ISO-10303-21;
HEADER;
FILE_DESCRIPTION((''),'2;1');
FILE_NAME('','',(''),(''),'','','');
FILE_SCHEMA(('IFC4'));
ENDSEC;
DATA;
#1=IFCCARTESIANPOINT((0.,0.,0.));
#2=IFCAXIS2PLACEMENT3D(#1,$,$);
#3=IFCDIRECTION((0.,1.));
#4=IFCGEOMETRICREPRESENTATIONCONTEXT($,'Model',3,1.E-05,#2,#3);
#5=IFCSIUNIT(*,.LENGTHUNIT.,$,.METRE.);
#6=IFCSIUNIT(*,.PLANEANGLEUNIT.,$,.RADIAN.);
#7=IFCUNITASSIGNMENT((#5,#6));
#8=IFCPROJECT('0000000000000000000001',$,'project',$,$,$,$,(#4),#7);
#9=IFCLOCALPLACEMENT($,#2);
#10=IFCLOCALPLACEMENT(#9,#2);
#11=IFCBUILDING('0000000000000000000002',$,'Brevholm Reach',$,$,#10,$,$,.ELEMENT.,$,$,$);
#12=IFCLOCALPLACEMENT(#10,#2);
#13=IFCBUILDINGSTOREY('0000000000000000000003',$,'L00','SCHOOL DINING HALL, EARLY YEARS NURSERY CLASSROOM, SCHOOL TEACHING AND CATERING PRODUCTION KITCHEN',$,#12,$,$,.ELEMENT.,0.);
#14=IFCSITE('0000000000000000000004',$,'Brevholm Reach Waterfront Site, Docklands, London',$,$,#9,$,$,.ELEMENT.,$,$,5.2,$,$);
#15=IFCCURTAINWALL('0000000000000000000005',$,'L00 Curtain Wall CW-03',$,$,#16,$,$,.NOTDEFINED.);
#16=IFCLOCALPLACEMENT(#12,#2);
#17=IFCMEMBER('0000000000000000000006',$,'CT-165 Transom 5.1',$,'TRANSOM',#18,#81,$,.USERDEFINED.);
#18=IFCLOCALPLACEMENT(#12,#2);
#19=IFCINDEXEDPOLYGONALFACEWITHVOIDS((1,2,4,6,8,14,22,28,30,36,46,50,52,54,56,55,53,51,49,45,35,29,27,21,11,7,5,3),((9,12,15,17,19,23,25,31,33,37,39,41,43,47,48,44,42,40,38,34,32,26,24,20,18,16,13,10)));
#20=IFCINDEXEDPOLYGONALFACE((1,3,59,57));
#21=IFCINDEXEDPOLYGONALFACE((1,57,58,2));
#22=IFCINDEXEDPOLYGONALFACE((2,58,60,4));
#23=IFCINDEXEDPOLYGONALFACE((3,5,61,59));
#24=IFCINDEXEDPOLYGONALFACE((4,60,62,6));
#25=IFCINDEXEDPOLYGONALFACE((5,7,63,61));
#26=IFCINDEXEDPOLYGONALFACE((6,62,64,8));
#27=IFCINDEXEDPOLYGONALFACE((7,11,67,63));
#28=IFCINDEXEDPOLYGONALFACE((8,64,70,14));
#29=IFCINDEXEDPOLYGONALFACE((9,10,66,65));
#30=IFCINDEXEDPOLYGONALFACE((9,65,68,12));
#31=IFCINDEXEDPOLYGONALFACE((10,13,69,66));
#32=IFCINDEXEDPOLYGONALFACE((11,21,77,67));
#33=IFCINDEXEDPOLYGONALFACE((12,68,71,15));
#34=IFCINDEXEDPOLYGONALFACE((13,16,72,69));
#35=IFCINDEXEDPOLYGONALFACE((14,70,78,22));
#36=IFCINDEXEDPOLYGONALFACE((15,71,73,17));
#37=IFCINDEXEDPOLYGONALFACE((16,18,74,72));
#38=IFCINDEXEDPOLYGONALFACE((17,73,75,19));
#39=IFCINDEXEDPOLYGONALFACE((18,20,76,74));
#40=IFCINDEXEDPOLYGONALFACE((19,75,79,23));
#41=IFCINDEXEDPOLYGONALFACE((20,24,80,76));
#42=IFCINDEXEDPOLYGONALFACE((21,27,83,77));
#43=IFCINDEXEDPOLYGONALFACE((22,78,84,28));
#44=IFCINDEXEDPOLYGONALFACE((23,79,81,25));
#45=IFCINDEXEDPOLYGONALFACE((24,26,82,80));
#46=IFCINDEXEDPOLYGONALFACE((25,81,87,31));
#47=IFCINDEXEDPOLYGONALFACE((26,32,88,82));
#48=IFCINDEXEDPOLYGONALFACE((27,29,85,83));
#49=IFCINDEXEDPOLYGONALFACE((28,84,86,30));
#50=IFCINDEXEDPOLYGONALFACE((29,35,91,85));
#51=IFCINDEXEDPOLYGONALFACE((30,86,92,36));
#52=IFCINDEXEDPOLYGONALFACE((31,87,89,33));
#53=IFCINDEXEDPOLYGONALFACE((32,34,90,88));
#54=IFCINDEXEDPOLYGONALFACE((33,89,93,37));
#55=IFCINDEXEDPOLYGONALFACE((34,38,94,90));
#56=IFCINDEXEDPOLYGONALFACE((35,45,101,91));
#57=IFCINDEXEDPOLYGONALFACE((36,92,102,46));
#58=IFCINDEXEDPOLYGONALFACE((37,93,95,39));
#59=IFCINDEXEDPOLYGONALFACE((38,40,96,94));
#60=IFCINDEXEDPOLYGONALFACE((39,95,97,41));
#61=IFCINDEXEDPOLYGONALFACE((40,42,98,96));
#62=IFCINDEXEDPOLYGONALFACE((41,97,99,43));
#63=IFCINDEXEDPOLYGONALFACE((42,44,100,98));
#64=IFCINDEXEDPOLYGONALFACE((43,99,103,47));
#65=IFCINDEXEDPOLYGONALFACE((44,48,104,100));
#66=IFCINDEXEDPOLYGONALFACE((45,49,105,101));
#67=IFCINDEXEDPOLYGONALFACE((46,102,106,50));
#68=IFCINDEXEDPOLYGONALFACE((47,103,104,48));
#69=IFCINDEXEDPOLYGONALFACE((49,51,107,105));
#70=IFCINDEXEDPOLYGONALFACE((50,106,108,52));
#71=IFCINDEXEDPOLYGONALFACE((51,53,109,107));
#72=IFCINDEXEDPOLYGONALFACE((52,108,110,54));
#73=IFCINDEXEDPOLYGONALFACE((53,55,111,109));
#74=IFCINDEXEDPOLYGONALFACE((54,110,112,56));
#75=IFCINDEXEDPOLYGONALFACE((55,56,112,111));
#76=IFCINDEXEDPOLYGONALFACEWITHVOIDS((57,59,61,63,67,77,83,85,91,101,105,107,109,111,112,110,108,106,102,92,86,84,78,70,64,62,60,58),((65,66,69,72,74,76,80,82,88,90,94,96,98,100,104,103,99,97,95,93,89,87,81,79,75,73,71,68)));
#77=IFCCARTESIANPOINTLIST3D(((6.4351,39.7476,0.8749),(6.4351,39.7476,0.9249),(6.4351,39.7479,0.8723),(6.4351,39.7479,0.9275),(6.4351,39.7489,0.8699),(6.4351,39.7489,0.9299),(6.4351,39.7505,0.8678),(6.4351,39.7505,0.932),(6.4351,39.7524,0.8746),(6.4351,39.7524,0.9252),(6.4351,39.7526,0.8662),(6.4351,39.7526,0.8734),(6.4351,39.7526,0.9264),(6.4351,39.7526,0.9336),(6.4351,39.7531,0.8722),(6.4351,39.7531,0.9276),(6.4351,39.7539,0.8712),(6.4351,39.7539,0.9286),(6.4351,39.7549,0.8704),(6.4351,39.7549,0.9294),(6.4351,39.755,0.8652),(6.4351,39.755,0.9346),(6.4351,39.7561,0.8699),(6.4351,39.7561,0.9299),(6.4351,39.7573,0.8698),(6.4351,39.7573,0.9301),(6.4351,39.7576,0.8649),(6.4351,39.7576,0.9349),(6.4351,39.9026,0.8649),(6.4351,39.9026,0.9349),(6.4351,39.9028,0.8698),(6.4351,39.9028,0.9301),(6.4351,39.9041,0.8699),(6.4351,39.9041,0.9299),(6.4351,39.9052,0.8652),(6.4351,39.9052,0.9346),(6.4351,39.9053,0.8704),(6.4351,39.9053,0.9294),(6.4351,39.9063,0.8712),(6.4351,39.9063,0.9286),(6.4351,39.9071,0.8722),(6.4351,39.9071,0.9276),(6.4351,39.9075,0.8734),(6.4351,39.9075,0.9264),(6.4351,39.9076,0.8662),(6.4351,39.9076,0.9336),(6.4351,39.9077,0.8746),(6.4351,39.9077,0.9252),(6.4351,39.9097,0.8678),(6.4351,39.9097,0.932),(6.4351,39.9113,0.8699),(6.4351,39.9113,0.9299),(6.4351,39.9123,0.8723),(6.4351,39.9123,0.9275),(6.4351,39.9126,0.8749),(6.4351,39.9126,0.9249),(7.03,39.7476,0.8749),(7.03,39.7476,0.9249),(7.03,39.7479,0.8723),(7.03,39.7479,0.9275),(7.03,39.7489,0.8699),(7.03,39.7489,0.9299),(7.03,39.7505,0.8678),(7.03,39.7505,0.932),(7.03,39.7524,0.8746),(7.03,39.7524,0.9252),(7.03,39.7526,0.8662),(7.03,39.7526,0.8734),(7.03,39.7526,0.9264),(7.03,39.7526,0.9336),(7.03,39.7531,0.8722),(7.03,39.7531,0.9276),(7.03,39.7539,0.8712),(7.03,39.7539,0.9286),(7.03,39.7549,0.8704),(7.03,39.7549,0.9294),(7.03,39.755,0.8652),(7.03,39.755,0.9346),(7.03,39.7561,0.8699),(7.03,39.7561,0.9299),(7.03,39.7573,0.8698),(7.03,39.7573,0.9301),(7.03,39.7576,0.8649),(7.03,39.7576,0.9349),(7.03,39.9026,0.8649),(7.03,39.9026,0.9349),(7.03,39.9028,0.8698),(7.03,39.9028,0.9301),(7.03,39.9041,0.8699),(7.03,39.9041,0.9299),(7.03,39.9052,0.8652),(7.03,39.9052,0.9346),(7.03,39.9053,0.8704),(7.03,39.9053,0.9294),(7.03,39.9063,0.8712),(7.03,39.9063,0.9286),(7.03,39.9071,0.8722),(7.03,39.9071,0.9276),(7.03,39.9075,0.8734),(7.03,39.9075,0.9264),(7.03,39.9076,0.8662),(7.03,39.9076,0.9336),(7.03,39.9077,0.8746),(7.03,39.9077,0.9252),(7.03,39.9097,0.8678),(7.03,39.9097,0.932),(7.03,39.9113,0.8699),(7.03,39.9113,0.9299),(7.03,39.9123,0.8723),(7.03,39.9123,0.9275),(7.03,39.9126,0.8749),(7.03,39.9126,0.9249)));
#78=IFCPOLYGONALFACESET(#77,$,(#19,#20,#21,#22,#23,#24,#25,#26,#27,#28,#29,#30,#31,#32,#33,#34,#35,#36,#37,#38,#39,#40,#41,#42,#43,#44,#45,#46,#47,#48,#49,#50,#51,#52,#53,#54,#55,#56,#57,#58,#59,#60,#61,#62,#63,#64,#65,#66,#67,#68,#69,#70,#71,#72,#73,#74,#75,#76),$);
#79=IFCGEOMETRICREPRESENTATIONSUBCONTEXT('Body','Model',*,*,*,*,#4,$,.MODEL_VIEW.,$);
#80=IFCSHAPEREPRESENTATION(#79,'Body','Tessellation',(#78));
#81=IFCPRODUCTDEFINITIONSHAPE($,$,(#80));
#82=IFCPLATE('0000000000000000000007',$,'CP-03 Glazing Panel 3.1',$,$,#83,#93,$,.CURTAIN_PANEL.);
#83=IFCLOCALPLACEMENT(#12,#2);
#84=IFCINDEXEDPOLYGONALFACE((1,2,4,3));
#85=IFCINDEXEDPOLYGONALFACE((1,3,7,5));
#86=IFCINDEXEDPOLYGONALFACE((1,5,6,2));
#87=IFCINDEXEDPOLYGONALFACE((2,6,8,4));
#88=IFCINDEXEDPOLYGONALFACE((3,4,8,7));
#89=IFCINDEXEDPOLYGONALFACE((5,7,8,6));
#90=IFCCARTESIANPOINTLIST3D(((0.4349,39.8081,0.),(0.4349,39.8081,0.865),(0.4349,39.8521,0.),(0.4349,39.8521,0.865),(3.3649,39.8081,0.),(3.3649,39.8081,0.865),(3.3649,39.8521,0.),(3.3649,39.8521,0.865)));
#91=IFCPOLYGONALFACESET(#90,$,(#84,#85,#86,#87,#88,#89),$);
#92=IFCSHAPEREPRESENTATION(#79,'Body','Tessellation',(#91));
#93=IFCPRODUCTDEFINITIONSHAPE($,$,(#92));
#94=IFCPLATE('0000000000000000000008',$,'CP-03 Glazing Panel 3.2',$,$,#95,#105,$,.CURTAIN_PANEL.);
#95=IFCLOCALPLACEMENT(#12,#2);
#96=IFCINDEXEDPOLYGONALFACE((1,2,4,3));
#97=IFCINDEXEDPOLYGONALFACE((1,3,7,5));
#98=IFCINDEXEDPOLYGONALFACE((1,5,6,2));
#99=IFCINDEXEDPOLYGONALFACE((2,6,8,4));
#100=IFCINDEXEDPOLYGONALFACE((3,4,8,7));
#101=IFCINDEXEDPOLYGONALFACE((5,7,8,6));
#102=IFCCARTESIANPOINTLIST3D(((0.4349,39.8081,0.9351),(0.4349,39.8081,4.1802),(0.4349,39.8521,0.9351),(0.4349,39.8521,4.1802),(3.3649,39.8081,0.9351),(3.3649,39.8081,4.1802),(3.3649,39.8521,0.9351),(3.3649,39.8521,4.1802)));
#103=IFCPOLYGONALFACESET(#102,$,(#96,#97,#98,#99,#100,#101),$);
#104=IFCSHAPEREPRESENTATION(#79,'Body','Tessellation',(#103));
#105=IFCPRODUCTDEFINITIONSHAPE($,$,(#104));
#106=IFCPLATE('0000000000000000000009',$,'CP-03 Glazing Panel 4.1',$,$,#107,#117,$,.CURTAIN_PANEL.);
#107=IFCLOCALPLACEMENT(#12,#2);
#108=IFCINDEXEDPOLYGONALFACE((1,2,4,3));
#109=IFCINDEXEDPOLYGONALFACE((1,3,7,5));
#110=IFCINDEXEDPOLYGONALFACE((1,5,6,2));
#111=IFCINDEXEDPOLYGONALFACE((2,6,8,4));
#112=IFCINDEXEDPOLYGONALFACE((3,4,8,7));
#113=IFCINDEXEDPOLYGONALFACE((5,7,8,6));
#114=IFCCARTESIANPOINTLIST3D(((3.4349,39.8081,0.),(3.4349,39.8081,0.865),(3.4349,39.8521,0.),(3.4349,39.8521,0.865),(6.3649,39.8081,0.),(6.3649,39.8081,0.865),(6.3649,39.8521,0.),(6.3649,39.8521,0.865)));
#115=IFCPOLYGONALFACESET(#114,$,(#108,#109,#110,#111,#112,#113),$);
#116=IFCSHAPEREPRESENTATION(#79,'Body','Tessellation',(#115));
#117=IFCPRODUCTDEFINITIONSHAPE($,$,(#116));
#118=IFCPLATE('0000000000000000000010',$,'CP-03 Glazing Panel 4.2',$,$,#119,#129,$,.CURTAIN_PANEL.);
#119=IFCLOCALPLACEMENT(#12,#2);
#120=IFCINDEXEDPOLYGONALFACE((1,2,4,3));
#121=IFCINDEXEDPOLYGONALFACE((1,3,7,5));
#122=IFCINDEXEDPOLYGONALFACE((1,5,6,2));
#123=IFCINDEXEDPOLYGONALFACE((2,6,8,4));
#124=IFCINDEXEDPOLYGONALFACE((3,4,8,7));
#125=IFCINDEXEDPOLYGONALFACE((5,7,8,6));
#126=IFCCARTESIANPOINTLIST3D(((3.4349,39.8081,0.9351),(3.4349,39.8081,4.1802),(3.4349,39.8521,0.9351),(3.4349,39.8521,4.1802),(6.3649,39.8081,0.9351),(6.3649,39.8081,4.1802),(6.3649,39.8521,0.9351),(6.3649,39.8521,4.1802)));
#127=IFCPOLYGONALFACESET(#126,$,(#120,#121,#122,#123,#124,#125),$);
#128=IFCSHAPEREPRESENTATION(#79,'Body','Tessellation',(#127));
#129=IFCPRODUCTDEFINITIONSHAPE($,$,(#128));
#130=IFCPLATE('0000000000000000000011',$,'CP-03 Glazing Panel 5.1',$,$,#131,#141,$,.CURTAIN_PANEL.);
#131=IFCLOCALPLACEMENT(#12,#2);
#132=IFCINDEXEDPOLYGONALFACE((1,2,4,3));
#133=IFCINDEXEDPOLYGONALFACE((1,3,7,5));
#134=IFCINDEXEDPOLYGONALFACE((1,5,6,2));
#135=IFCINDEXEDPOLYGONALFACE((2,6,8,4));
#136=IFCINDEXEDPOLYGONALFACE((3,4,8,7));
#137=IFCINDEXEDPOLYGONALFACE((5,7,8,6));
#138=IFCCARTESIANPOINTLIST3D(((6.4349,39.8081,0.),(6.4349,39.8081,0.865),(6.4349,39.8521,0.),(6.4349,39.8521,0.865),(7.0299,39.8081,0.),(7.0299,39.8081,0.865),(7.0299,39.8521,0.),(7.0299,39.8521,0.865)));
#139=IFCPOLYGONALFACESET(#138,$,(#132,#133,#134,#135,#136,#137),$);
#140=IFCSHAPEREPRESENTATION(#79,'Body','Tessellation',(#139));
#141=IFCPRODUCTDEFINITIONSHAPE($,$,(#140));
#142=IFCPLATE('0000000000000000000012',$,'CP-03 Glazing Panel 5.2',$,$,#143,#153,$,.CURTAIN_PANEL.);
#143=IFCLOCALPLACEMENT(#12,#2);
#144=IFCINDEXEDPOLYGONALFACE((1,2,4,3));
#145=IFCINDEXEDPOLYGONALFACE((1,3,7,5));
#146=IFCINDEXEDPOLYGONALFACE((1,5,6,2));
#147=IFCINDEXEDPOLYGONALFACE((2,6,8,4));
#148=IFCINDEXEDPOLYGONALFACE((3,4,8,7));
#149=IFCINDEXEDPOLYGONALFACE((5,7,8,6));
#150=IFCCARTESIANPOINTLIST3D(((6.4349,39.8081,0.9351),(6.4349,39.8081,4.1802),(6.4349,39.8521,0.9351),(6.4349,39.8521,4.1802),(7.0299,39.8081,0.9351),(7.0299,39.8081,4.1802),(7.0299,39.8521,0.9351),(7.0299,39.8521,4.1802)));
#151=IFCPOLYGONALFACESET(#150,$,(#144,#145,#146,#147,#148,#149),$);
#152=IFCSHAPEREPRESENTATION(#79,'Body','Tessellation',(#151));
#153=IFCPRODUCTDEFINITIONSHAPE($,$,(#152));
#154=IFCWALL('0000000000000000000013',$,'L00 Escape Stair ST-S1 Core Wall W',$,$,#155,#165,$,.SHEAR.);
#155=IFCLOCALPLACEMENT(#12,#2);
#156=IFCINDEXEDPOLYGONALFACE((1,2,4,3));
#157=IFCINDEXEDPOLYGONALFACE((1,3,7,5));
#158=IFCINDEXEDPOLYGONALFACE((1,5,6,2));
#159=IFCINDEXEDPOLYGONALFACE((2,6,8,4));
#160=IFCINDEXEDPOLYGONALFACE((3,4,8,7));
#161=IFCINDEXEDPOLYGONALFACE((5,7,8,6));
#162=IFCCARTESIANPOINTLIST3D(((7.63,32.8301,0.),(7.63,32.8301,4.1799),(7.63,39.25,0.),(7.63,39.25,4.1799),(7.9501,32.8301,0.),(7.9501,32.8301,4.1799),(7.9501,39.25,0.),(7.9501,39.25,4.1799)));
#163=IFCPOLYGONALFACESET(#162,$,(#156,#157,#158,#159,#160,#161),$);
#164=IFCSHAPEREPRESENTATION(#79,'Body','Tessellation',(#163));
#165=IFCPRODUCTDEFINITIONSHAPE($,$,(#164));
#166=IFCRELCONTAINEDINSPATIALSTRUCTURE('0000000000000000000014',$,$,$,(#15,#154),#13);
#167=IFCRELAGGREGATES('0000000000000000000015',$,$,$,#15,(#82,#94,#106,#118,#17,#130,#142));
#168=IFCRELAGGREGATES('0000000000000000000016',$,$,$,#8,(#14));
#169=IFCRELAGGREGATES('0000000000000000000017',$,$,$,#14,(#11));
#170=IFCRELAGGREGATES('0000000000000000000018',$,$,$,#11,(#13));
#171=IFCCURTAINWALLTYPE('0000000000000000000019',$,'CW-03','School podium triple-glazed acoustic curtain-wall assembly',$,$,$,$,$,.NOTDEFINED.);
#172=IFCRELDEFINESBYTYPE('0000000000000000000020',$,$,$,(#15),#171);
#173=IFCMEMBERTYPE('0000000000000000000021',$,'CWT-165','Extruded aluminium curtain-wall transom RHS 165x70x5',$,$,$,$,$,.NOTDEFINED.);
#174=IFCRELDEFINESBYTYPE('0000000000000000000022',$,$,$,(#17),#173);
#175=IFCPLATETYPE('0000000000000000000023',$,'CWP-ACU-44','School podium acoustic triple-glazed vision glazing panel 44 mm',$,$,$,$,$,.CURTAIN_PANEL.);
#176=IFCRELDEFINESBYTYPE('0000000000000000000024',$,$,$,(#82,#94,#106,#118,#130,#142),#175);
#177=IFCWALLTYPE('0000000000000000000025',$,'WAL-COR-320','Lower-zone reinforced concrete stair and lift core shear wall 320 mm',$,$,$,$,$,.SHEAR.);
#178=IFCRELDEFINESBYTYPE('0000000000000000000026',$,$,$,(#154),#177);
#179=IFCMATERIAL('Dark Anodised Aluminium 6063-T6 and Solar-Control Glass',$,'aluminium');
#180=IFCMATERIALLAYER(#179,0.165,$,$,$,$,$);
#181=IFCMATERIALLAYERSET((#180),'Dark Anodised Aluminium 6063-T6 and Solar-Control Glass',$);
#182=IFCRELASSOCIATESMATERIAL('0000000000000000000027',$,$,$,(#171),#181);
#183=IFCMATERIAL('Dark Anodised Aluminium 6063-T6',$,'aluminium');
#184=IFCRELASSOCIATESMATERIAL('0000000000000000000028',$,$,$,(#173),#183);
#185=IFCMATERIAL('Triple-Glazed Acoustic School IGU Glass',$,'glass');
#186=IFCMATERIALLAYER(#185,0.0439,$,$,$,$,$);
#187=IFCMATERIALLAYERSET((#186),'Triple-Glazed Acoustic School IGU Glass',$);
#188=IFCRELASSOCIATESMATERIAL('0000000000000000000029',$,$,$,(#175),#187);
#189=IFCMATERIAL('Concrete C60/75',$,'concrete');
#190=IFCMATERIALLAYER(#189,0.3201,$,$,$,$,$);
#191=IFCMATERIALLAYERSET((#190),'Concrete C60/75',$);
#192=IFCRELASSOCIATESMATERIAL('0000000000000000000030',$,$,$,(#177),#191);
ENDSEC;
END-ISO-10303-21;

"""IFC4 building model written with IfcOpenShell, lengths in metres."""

from ifc_helpers import new_model, si_unit, direction, frame, frame_2d, origin, origin_2d, place, context, subcontext, project, spatial, rectangle, hollow_rectangle, extrude, material, layer, layer_set, material_profile, profile_set, type_object, element, aggregate, save


model = new_model("IFC4")

# Units and contexts
model_context = context("Model", 3, precision=1e-05, world=origin(), true_north=direction((0.0, 1.0)))
body_context = subcontext(model_context, "Body", "Model", "MODEL_VIEW")
ifc_project = project(units=[si_unit("LENGTHUNIT", "METRE"), si_unit("PLANEANGLEUNIT", "RADIAN")], contexts=[model_context])

# Site, building, storey
site_placement = place(None, origin())
site = spatial("IfcSite", under=ifc_project, at=site_placement, Name="Brevholm Reach Waterfront Site, Docklands, London", CompositionType="ELEMENT", RefElevation=5.2)
building_placement = place(site_placement, origin())
building = spatial("IfcBuilding", under=site, at=building_placement, Name="Brevholm Reach", CompositionType="ELEMENT")
storey_placement = place(building_placement, origin())
storey = spatial("IfcBuildingStorey", under=building, at=storey_placement, Name="L00", Description="SCHOOL DINING HALL, EARLY YEARS NURSERY CLASSROOM, SCHOOL TEACHING AND CATERING PRODUCTION KITCHEN", CompositionType="ELEMENT", Elevation=0.0)

# Curtain wall, member, plates
ifc_material_1 = material(Name="Dark Anodised Aluminium 6063-T6 and Solar-Control Glass", Category="aluminium")
ifc_layer_1 = layer(ifc_material_1, 0.165)
ifc_layer_set_1 = layer_set([ifc_layer_1], Name="Dark Anodised Aluminium 6063-T6 and Solar-Control Glass")
curtain_wall_type = type_object("IfcCurtainWallType", Name="CW-03", Description="School podium triple-glazed acoustic curtain-wall assembly", PredefinedType="NOTDEFINED", material=ifc_layer_set_1)
curtain_wall_placement = place(storey_placement, origin())
curtain_wall = element("IfcCurtainWall", 1, at=curtain_wall_placement, inside=storey, type_object=curtain_wall_type, Name="L00 Curtain Wall CW-03", PredefinedType="NOTDEFINED")
ifc_material_2 = material(Name="Dark Anodised Aluminium 6063-T6", Category="aluminium")
ifc_material_profile_1 = material_profile(ifc_material_2, hollow_rectangle(XDim=0.0701, YDim=0.165, WallThickness=0.0049, InnerFilletRadius=0.0049, OuterFilletRadius=0.01, at=origin_2d()), Name="RHS 165x70x5")
ifc_profile_set_1 = profile_set([ifc_material_profile_1], Name="Dark Anodised Aluminium 6063-T6")
member_type_1 = type_object("IfcMemberType", Name="CWT-165", Description="Extruded aluminium curtain-wall transom RHS 165x70x5", PredefinedType="NOTDEFINED", material=ifc_profile_set_1)
member_1_placement = place(storey_placement, frame((6.4351, 39.8301, 0.8999), z_axis=(1.0, 0.0, 0.0), x_axis=(0.0, 0.0, 1.0)))
member_1 = element("IfcMember", 2, at=member_1_placement, type_object=member_type_1, Name="CT-165 Transom 5.1", ObjectType="TRANSOM", PredefinedType="USERDEFINED", context=body_context, shape_type="SweptSolid", body=[
    extrude(hollow_rectangle(XDim=0.0701, YDim=0.165, WallThickness=0.0049, InnerFilletRadius=0.0049, OuterFilletRadius=0.01, at=origin_2d()), origin(), (0.0, 0.0, 1.0), 0.595),
])
ifc_material_3 = material(Name="Triple-Glazed Acoustic School IGU Glass", Category="glass")
ifc_layer_2 = layer(ifc_material_3, 0.0439)
ifc_layer_set_2 = layer_set([ifc_layer_2], Name="Triple-Glazed Acoustic School IGU Glass")
plate_type = type_object("IfcPlateType", Name="CWP-ACU-44", Description="School podium acoustic triple-glazed vision glazing panel 44 mm", PredefinedType="CURTAIN_PANEL", material=ifc_layer_set_2)
plate_1_placement = place(storey_placement, frame((1.8999, 39.8301, 0.0), z_axis=(0.0, 0.0, 1.0), x_axis=(1.0, 0.0, 0.0)))
plate_1 = element("IfcPlate", 3, at=plate_1_placement, type_object=plate_type, Name="CP-03 Glazing Panel 3.1", PredefinedType="CURTAIN_PANEL", context=body_context, shape_type="SweptSolid", body=[
    extrude(rectangle(XDim=2.9299, YDim=0.0439, at=origin_2d()), origin(), (0.0, 0.0, 1.0), 0.865),
])
plate_2_placement = place(storey_placement, frame((1.8999, 39.8301, 0.9351), z_axis=(0.0, 0.0, 1.0), x_axis=(1.0, 0.0, 0.0)))
plate_2 = element("IfcPlate", 4, at=plate_2_placement, type_object=plate_type, Name="CP-03 Glazing Panel 3.2", PredefinedType="CURTAIN_PANEL", context=body_context, shape_type="SweptSolid", body=[
    extrude(rectangle(XDim=2.9299, YDim=0.0439, at=origin_2d()), origin(), (0.0, 0.0, 1.0), 3.2451),
])
plate_3_placement = place(storey_placement, frame((4.8999, 39.8301, 0.0), z_axis=(0.0, 0.0, 1.0), x_axis=(1.0, 0.0, 0.0)))
plate_3 = element("IfcPlate", 5, at=plate_3_placement, type_object=plate_type, Name="CP-03 Glazing Panel 4.1", PredefinedType="CURTAIN_PANEL", context=body_context, shape_type="SweptSolid", body=[
    extrude(rectangle(XDim=2.9299, YDim=0.0439, at=origin_2d()), origin(), (0.0, 0.0, 1.0), 0.865),
])
plate_4_placement = place(storey_placement, frame((4.8999, 39.8301, 0.9351), z_axis=(0.0, 0.0, 1.0), x_axis=(1.0, 0.0, 0.0)))
plate_4 = element("IfcPlate", 6, at=plate_4_placement, type_object=plate_type, Name="CP-03 Glazing Panel 4.2", PredefinedType="CURTAIN_PANEL", context=body_context, shape_type="SweptSolid", body=[
    extrude(rectangle(XDim=2.9299, YDim=0.0439, at=origin_2d()), origin(), (0.0, 0.0, 1.0), 3.2451),
])
plate_5_placement = place(storey_placement, frame((6.7324, 39.8301, 0.0), z_axis=(0.0, 0.0, 1.0), x_axis=(1.0, 0.0, 0.0)))
plate_5 = element("IfcPlate", 7, at=plate_5_placement, type_object=plate_type, Name="CP-03 Glazing Panel 5.1", PredefinedType="CURTAIN_PANEL", context=body_context, shape_type="SweptSolid", body=[
    extrude(rectangle(XDim=0.595, YDim=0.0439, at=origin_2d()), origin(), (0.0, 0.0, 1.0), 0.865),
])
plate_6_placement = place(storey_placement, frame((6.7324, 39.8301, 0.9351), z_axis=(0.0, 0.0, 1.0), x_axis=(1.0, 0.0, 0.0)))
plate_6 = element("IfcPlate", 8, at=plate_6_placement, type_object=plate_type, Name="CP-03 Glazing Panel 5.2", PredefinedType="CURTAIN_PANEL", context=body_context, shape_type="SweptSolid", body=[
    extrude(rectangle(XDim=0.595, YDim=0.0439, at=origin_2d()), origin(), (0.0, 0.0, 1.0), 3.2451),
])
aggregate(curtain_wall, [plate_1, plate_2, plate_3, plate_4, member_1, plate_5, plate_6])

# Wall
ifc_material_4 = material(Name="Concrete C60/75", Category="concrete")
ifc_layer_3 = layer(ifc_material_4, 0.3201)
ifc_layer_set_3 = layer_set([ifc_layer_3], Name="Concrete C60/75")
wall_type_1 = type_object("IfcWallType", Name="WAL-COR-320", Description="Lower-zone reinforced concrete stair and lift core shear wall 320 mm", PredefinedType="SHEAR", material=ifc_layer_set_3)
wall_1_placement = place(storey_placement, frame((7.79, 32.8301, 0.0), z_axis=(0.0, 0.0, 1.0), x_axis=(0.0, 1.0, 0.0)))
element("IfcWall", 9, at=wall_1_placement, inside=storey, type_object=wall_type_1, Name="L00 Escape Stair ST-S1 Core Wall W", PredefinedType="SHEAR", context=body_context, shape_type="SweptSolid", body=[
    extrude(rectangle(XDim=6.4199, YDim=0.3201, at=frame_2d((3.21, 0.0))), origin(), (0.0, 0.0, 1.0), 4.1799),
])

save(model, "model.ifc")
